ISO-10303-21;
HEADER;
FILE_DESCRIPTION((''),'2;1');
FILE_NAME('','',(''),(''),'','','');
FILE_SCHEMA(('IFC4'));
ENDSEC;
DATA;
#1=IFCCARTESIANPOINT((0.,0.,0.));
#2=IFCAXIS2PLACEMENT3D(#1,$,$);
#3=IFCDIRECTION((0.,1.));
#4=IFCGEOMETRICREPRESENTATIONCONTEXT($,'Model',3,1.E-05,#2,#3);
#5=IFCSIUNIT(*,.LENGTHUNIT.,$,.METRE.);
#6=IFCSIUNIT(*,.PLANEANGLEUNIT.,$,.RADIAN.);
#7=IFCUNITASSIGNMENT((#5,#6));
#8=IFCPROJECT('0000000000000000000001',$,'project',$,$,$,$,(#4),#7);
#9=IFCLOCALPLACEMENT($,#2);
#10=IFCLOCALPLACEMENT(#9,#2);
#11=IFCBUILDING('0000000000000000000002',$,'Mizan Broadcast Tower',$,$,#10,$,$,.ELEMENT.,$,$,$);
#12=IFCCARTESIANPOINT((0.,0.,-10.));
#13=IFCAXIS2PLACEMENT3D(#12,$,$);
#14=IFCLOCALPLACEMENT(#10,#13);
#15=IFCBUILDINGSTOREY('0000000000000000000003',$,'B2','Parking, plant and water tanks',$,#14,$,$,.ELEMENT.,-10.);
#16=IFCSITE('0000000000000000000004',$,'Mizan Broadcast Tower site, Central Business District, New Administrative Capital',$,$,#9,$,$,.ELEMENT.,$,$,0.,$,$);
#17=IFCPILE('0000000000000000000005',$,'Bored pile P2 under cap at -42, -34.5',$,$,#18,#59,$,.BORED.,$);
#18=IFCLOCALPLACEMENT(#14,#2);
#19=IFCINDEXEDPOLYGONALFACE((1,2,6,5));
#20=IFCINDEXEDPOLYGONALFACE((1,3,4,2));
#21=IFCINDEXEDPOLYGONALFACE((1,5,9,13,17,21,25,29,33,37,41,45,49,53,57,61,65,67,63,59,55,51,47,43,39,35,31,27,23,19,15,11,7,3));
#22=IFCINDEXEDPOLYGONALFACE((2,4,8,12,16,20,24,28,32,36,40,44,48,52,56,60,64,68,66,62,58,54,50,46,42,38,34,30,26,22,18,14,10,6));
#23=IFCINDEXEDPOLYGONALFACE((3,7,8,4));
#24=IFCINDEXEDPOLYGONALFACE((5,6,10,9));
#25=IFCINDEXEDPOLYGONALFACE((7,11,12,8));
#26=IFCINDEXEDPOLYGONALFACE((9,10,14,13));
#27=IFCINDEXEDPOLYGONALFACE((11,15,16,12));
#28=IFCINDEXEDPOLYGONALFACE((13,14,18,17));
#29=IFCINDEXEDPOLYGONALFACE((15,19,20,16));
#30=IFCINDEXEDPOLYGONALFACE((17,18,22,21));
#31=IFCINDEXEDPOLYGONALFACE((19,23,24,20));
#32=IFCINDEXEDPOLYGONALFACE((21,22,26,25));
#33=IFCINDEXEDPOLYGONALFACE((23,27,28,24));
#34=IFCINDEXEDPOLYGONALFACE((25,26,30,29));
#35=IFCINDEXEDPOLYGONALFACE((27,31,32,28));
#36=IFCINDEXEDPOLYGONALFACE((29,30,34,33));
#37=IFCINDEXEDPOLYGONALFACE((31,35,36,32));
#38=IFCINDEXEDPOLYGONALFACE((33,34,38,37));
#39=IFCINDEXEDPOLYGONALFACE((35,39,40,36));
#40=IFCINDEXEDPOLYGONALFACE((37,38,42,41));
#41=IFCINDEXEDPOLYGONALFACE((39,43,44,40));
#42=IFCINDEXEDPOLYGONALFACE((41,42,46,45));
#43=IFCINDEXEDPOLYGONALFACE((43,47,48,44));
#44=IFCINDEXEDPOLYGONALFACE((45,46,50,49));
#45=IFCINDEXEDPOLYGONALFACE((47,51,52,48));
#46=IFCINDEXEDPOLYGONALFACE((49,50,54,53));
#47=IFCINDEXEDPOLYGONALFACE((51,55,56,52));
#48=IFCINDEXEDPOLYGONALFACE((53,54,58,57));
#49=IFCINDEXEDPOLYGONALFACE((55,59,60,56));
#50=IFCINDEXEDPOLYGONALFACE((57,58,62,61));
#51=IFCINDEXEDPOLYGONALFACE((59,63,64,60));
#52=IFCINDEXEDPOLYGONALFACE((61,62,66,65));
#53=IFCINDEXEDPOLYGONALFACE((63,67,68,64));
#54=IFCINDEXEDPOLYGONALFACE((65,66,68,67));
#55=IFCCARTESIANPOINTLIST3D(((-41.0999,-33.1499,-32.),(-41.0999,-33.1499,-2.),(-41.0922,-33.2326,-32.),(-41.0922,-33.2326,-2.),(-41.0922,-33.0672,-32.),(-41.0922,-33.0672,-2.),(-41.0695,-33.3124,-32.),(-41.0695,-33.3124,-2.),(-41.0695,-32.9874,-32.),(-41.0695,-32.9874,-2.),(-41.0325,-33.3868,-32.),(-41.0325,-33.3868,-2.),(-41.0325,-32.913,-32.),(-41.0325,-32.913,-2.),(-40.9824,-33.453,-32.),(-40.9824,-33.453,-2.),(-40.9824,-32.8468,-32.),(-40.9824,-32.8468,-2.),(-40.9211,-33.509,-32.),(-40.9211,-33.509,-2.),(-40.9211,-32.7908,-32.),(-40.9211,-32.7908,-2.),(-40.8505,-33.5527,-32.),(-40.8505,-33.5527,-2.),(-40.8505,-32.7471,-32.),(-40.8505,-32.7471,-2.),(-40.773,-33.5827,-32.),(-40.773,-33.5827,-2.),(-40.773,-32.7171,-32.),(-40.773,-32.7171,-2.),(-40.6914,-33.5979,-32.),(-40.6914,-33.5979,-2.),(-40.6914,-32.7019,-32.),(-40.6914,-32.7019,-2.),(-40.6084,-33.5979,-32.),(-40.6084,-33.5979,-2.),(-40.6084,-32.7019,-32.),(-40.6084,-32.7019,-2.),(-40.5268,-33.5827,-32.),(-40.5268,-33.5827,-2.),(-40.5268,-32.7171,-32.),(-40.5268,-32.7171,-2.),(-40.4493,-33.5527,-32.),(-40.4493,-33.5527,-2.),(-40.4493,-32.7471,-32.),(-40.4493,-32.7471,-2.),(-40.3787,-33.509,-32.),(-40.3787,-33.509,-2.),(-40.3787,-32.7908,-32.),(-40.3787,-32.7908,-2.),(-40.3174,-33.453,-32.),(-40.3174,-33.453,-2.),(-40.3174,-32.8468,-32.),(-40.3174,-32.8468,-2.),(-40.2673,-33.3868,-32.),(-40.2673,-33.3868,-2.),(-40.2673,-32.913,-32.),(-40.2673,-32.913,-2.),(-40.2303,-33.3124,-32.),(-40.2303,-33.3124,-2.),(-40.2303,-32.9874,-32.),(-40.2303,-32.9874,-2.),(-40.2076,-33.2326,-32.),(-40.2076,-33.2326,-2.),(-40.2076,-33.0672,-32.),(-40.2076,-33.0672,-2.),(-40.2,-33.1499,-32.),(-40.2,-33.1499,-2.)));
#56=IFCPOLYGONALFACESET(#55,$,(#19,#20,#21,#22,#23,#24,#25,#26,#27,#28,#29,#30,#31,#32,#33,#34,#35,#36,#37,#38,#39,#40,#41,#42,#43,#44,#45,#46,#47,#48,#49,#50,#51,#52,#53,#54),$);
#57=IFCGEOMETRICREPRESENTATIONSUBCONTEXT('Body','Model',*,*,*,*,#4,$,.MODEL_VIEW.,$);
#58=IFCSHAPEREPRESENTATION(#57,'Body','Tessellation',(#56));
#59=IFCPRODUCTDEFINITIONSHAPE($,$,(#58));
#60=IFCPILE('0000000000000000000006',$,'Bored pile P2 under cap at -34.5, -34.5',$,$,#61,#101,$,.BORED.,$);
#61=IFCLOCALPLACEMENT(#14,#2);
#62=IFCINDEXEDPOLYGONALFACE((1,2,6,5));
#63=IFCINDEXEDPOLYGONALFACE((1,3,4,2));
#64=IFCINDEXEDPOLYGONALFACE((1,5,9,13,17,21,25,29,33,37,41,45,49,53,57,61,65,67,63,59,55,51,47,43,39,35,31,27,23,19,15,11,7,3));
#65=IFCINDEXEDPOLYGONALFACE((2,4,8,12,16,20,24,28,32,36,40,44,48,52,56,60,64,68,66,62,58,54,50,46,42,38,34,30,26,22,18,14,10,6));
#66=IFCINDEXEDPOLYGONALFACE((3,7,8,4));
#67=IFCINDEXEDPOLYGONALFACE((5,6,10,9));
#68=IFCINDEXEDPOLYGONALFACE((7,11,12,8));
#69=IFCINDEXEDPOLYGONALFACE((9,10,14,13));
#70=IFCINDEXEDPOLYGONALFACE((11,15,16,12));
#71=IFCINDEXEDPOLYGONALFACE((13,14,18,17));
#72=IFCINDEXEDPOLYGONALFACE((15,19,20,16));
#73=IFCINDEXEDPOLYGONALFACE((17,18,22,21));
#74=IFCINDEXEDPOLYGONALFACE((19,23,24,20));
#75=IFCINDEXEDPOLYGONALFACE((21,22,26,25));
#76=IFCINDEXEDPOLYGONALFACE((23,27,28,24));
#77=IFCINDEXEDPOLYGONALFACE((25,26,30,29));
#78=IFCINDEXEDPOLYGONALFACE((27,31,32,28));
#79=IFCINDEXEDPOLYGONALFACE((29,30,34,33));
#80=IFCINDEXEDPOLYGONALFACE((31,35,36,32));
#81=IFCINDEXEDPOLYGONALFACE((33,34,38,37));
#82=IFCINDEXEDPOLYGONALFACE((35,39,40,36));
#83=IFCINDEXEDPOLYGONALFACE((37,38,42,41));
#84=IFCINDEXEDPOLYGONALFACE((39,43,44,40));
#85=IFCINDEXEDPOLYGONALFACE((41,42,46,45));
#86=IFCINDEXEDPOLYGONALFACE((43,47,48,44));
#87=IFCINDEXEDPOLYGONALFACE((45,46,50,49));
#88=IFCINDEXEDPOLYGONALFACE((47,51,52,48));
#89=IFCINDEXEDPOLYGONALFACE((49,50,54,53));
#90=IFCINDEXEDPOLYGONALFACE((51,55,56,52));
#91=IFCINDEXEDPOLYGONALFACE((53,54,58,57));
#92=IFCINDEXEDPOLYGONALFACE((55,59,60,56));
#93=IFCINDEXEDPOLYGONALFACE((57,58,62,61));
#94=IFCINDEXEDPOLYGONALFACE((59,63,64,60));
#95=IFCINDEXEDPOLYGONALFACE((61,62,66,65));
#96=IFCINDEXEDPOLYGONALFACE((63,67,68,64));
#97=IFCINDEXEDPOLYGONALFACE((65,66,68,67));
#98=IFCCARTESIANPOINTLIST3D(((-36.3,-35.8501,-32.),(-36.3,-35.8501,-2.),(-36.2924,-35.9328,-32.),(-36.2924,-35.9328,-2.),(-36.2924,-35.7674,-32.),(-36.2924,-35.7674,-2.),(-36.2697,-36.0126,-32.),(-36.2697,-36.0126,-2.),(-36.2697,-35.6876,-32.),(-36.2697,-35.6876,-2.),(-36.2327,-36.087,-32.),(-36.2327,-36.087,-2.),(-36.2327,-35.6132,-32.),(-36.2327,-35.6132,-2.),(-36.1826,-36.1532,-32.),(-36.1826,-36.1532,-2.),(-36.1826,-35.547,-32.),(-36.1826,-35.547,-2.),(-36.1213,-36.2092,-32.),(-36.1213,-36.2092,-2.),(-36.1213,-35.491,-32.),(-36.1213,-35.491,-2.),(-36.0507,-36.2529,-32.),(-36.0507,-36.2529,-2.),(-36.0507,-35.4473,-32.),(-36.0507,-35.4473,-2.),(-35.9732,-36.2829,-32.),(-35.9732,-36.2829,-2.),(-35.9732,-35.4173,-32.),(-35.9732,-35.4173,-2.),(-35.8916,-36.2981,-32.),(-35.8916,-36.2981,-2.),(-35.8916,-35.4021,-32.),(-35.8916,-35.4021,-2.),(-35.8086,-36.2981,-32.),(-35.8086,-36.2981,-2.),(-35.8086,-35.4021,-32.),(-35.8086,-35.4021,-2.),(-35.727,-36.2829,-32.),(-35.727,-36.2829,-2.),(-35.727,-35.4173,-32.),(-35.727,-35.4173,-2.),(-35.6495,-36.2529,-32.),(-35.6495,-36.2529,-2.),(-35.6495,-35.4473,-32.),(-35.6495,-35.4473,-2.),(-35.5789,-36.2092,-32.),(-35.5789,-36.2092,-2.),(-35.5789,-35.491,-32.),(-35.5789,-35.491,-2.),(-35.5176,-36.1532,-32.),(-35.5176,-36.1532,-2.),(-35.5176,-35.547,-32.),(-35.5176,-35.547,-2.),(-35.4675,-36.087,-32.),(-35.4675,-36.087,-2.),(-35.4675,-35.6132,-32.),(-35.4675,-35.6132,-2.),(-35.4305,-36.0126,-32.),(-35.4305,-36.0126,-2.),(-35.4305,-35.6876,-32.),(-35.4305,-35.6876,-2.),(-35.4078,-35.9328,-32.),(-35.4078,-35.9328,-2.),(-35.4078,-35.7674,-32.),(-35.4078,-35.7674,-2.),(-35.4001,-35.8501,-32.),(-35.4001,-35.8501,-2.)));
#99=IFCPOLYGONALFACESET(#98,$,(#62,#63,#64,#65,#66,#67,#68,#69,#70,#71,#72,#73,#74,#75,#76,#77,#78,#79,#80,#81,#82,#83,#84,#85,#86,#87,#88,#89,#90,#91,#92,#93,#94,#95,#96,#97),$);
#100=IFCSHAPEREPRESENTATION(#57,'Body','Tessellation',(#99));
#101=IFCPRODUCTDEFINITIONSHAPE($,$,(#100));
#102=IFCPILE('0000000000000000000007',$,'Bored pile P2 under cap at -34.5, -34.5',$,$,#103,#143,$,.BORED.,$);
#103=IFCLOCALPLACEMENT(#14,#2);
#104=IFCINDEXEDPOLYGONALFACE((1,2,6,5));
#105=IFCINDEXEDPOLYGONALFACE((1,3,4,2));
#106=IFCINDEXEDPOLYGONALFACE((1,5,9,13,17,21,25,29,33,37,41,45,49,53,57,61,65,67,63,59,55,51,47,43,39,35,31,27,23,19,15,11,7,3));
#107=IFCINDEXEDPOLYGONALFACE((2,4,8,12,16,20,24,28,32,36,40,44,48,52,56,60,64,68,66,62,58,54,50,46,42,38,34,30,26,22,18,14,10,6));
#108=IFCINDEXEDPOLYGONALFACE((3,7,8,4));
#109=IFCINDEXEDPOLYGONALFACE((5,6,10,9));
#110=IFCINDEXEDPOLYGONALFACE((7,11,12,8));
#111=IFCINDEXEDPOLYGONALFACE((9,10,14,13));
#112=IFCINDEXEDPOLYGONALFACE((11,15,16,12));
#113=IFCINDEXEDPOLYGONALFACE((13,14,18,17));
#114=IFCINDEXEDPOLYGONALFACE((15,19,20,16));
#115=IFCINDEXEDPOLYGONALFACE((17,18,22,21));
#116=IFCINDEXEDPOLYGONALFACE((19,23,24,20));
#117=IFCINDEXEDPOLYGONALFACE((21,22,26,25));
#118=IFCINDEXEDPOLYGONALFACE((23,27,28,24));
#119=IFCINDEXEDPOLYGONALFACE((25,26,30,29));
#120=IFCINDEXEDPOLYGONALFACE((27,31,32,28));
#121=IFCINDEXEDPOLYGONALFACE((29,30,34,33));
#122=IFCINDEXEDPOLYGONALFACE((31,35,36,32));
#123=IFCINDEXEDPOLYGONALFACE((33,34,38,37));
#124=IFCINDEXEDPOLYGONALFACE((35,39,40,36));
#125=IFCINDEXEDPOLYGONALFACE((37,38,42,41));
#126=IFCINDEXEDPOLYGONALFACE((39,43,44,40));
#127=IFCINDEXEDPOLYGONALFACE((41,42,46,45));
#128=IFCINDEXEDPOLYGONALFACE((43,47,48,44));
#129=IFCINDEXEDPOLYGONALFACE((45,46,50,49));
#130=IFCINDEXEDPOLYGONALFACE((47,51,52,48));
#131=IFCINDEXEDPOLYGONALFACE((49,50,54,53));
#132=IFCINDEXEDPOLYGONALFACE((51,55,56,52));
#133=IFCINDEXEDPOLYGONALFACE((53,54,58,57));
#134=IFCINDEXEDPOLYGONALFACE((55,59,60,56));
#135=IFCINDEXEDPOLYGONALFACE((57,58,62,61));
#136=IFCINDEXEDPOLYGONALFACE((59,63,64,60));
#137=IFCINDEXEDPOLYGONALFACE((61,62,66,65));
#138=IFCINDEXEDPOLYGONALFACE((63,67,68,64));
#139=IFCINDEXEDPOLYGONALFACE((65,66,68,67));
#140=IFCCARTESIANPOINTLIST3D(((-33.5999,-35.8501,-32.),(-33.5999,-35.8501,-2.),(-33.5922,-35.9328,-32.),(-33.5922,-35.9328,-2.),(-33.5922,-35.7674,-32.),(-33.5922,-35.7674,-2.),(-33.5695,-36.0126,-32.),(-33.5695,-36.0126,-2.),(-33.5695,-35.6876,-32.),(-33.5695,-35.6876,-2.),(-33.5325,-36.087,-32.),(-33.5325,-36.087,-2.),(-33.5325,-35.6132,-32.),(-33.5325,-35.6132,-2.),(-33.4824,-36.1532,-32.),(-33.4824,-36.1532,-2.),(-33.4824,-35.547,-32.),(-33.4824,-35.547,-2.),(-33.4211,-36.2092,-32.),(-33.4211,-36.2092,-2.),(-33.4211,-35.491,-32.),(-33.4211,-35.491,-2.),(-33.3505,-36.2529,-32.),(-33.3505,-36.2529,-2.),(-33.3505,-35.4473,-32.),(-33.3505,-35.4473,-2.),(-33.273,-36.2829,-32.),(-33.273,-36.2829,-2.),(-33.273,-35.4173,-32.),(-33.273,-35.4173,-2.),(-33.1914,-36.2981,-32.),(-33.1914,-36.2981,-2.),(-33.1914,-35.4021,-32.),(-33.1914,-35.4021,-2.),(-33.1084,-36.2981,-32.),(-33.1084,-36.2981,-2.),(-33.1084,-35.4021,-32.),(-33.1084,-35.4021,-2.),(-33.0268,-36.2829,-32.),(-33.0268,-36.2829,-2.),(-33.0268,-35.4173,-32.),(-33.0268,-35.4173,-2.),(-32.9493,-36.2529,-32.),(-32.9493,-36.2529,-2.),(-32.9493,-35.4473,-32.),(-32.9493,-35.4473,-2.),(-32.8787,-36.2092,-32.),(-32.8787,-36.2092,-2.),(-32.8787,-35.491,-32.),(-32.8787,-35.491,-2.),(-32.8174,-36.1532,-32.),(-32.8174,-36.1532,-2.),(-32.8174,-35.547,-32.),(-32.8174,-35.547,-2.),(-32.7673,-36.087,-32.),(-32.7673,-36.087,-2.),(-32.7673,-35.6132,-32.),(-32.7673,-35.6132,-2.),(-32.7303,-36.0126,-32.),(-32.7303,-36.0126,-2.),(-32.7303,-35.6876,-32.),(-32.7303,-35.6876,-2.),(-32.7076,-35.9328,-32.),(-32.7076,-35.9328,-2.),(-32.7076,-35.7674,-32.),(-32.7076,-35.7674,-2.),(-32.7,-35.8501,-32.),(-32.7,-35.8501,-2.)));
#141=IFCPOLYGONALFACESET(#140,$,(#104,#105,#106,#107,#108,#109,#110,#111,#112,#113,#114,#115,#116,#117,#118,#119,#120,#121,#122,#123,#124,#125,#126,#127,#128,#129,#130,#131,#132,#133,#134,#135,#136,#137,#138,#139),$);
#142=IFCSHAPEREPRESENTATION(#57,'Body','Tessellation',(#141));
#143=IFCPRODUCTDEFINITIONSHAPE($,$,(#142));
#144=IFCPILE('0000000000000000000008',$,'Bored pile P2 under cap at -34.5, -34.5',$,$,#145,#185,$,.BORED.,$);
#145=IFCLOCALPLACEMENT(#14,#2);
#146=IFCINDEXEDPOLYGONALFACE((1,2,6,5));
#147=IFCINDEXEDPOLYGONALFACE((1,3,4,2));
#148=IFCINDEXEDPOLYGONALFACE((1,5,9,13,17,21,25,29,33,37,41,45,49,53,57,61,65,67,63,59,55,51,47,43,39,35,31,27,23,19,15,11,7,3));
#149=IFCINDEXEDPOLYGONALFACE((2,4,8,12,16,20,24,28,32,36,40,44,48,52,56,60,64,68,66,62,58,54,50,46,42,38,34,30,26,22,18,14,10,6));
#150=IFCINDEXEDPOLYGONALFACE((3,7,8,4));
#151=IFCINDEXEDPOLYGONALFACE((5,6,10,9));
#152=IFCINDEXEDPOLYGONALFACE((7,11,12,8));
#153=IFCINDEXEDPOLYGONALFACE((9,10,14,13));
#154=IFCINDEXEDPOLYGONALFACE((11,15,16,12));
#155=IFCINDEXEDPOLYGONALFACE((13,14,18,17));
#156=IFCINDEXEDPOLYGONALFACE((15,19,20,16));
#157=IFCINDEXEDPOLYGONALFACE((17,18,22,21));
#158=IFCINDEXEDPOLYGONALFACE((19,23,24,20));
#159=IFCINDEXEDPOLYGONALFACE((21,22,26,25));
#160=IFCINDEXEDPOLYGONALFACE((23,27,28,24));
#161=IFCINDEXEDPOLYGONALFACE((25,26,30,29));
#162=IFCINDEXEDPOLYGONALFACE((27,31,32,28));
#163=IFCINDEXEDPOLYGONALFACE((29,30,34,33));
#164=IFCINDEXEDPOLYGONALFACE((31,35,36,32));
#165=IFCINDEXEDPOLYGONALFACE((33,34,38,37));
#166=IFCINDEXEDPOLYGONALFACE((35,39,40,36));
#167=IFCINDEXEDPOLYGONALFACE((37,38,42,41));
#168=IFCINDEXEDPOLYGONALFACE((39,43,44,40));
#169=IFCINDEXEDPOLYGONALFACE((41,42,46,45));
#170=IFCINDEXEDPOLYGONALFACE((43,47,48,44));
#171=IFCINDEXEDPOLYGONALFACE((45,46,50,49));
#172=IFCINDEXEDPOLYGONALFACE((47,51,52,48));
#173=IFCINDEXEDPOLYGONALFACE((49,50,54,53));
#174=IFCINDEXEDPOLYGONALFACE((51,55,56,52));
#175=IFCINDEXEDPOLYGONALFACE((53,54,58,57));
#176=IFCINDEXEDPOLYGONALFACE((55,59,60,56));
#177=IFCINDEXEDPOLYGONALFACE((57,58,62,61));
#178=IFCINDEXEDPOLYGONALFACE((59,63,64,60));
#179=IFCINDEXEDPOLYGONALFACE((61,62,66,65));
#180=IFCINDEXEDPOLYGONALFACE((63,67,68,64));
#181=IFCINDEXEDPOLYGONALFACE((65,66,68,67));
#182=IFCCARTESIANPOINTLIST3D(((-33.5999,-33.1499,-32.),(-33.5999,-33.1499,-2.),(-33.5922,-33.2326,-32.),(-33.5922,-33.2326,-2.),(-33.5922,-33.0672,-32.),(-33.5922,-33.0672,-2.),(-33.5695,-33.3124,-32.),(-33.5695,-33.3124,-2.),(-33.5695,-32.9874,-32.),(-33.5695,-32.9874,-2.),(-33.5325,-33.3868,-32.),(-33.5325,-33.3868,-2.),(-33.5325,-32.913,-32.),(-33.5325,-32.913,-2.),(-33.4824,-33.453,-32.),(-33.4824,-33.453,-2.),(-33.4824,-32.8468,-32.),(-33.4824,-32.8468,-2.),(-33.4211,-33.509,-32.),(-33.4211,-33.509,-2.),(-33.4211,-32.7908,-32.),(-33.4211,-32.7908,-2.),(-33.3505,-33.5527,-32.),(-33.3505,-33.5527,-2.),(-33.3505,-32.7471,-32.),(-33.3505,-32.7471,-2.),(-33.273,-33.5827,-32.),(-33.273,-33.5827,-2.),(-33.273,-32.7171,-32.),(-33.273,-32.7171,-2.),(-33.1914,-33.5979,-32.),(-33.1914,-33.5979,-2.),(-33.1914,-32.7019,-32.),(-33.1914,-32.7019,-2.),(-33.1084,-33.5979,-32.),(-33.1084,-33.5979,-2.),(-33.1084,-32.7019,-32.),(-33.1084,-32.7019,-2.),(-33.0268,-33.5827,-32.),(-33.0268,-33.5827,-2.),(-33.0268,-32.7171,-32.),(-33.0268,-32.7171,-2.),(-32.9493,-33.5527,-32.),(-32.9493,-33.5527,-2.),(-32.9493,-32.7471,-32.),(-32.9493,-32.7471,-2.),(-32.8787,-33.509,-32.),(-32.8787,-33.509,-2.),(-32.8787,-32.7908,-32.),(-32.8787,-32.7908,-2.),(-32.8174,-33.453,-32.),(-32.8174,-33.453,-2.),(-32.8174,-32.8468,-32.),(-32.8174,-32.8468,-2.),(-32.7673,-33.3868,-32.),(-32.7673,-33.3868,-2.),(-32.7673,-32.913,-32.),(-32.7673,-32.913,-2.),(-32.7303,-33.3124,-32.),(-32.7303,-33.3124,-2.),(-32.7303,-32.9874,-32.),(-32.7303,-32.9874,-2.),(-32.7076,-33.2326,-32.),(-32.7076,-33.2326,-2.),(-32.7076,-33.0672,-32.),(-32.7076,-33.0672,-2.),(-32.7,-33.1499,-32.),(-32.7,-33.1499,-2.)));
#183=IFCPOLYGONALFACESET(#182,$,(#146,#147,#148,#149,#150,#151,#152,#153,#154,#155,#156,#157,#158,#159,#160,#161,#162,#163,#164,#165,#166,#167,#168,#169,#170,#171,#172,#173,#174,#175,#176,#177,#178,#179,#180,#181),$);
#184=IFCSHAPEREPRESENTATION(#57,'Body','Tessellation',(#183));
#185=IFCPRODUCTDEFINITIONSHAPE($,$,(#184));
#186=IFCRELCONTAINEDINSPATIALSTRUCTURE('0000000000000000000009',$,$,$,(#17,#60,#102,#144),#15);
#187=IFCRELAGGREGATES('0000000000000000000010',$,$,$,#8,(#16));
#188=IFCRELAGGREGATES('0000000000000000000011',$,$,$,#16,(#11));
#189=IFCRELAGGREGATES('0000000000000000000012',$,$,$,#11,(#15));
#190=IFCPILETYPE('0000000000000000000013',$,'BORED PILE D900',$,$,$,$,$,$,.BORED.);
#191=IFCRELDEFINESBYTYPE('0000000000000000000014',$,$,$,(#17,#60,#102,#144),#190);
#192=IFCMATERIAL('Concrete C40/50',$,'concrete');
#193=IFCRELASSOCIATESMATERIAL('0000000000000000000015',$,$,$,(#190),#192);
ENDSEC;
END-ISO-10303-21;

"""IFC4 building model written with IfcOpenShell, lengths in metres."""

from ifc_helpers import new_model, si_unit, direction, frame, origin, origin_2d, place, context, subcontext, project, spatial, circle, extrude, material, material_profile, profile_set, type_object, element, save


model = new_model("IFC4")

# Units and contexts
model_context = context("Model", 3, precision=1e-05, world=origin(), true_north=direction((0.0, 1.0)))
body_context = subcontext(model_context, "Body", "Model", "MODEL_VIEW")
ifc_project = project(units=[si_unit("LENGTHUNIT", "METRE"), si_unit("PLANEANGLEUNIT", "RADIAN")], contexts=[model_context])

# Site, building, storey
site_placement = place(None, origin())
site = spatial("IfcSite", under=ifc_project, at=site_placement, Name="Mizan Broadcast Tower site, Central Business District, New Administrative Capital", CompositionType="ELEMENT", RefElevation=0.0)
building_placement = place(site_placement, origin())
building = spatial("IfcBuilding", under=site, at=building_placement, Name="Mizan Broadcast Tower", CompositionType="ELEMENT")
storey_placement = place(building_placement, frame((0.0, 0.0, -10.0)))
storey = spatial("IfcBuildingStorey", under=building, at=storey_placement, Name="B2", Description="Parking, plant and water tanks", CompositionType="ELEMENT", Elevation=-10.0)

# Piles
ifc_material_1 = material(Name="Concrete C40/50", Category="concrete")
ifc_material_profile_1 = material_profile(ifc_material_1, circle(Radius=0.45, at=origin_2d()), Name="D900")
ifc_profile_set_1 = profile_set([ifc_material_profile_1], Name="Concrete C40/50")
pile_type = type_object("IfcPileType", Name="BORED PILE D900", PredefinedType="BORED", material=ifc_profile_set_1)
for number, where, z_axis, x_axis, name in (
    (1, (-40.6499, -33.1499, -2.0), (0.0, 0.0, -1.0), (1.0, 0.0, 0.0), "Bored pile P2 under cap at -42, -34.5"),
    (2, (-35.8501, -35.8501, -2.0), (0.0, 0.0, -1.0), (1.0, 0.0, 0.0), "Bored pile P2 under cap at -34.5, -34.5"),
    (3, (-33.1499, -35.8501, -2.0), (0.0, 0.0, -1.0), (1.0, 0.0, 0.0), "Bored pile P2 under cap at -34.5, -34.5"),
    (4, (-33.1499, -33.1499, -2.0), (0.0, 0.0, -1.0), (1.0, 0.0, 0.0), "Bored pile P2 under cap at -34.5, -34.5"),
):
    element("IfcPile", number, at=place(storey_placement, frame(where, z_axis=z_axis, x_axis=x_axis)), inside=storey, type_object=pile_type, Name=name, PredefinedType="BORED", context=body_context, shape_type="SweptSolid", body=[
        extrude(circle(Radius=0.45, at=origin_2d()), origin(), (0.0, 0.0, 1.0), 30.0),
    ])

save(model, "model.ifc")
